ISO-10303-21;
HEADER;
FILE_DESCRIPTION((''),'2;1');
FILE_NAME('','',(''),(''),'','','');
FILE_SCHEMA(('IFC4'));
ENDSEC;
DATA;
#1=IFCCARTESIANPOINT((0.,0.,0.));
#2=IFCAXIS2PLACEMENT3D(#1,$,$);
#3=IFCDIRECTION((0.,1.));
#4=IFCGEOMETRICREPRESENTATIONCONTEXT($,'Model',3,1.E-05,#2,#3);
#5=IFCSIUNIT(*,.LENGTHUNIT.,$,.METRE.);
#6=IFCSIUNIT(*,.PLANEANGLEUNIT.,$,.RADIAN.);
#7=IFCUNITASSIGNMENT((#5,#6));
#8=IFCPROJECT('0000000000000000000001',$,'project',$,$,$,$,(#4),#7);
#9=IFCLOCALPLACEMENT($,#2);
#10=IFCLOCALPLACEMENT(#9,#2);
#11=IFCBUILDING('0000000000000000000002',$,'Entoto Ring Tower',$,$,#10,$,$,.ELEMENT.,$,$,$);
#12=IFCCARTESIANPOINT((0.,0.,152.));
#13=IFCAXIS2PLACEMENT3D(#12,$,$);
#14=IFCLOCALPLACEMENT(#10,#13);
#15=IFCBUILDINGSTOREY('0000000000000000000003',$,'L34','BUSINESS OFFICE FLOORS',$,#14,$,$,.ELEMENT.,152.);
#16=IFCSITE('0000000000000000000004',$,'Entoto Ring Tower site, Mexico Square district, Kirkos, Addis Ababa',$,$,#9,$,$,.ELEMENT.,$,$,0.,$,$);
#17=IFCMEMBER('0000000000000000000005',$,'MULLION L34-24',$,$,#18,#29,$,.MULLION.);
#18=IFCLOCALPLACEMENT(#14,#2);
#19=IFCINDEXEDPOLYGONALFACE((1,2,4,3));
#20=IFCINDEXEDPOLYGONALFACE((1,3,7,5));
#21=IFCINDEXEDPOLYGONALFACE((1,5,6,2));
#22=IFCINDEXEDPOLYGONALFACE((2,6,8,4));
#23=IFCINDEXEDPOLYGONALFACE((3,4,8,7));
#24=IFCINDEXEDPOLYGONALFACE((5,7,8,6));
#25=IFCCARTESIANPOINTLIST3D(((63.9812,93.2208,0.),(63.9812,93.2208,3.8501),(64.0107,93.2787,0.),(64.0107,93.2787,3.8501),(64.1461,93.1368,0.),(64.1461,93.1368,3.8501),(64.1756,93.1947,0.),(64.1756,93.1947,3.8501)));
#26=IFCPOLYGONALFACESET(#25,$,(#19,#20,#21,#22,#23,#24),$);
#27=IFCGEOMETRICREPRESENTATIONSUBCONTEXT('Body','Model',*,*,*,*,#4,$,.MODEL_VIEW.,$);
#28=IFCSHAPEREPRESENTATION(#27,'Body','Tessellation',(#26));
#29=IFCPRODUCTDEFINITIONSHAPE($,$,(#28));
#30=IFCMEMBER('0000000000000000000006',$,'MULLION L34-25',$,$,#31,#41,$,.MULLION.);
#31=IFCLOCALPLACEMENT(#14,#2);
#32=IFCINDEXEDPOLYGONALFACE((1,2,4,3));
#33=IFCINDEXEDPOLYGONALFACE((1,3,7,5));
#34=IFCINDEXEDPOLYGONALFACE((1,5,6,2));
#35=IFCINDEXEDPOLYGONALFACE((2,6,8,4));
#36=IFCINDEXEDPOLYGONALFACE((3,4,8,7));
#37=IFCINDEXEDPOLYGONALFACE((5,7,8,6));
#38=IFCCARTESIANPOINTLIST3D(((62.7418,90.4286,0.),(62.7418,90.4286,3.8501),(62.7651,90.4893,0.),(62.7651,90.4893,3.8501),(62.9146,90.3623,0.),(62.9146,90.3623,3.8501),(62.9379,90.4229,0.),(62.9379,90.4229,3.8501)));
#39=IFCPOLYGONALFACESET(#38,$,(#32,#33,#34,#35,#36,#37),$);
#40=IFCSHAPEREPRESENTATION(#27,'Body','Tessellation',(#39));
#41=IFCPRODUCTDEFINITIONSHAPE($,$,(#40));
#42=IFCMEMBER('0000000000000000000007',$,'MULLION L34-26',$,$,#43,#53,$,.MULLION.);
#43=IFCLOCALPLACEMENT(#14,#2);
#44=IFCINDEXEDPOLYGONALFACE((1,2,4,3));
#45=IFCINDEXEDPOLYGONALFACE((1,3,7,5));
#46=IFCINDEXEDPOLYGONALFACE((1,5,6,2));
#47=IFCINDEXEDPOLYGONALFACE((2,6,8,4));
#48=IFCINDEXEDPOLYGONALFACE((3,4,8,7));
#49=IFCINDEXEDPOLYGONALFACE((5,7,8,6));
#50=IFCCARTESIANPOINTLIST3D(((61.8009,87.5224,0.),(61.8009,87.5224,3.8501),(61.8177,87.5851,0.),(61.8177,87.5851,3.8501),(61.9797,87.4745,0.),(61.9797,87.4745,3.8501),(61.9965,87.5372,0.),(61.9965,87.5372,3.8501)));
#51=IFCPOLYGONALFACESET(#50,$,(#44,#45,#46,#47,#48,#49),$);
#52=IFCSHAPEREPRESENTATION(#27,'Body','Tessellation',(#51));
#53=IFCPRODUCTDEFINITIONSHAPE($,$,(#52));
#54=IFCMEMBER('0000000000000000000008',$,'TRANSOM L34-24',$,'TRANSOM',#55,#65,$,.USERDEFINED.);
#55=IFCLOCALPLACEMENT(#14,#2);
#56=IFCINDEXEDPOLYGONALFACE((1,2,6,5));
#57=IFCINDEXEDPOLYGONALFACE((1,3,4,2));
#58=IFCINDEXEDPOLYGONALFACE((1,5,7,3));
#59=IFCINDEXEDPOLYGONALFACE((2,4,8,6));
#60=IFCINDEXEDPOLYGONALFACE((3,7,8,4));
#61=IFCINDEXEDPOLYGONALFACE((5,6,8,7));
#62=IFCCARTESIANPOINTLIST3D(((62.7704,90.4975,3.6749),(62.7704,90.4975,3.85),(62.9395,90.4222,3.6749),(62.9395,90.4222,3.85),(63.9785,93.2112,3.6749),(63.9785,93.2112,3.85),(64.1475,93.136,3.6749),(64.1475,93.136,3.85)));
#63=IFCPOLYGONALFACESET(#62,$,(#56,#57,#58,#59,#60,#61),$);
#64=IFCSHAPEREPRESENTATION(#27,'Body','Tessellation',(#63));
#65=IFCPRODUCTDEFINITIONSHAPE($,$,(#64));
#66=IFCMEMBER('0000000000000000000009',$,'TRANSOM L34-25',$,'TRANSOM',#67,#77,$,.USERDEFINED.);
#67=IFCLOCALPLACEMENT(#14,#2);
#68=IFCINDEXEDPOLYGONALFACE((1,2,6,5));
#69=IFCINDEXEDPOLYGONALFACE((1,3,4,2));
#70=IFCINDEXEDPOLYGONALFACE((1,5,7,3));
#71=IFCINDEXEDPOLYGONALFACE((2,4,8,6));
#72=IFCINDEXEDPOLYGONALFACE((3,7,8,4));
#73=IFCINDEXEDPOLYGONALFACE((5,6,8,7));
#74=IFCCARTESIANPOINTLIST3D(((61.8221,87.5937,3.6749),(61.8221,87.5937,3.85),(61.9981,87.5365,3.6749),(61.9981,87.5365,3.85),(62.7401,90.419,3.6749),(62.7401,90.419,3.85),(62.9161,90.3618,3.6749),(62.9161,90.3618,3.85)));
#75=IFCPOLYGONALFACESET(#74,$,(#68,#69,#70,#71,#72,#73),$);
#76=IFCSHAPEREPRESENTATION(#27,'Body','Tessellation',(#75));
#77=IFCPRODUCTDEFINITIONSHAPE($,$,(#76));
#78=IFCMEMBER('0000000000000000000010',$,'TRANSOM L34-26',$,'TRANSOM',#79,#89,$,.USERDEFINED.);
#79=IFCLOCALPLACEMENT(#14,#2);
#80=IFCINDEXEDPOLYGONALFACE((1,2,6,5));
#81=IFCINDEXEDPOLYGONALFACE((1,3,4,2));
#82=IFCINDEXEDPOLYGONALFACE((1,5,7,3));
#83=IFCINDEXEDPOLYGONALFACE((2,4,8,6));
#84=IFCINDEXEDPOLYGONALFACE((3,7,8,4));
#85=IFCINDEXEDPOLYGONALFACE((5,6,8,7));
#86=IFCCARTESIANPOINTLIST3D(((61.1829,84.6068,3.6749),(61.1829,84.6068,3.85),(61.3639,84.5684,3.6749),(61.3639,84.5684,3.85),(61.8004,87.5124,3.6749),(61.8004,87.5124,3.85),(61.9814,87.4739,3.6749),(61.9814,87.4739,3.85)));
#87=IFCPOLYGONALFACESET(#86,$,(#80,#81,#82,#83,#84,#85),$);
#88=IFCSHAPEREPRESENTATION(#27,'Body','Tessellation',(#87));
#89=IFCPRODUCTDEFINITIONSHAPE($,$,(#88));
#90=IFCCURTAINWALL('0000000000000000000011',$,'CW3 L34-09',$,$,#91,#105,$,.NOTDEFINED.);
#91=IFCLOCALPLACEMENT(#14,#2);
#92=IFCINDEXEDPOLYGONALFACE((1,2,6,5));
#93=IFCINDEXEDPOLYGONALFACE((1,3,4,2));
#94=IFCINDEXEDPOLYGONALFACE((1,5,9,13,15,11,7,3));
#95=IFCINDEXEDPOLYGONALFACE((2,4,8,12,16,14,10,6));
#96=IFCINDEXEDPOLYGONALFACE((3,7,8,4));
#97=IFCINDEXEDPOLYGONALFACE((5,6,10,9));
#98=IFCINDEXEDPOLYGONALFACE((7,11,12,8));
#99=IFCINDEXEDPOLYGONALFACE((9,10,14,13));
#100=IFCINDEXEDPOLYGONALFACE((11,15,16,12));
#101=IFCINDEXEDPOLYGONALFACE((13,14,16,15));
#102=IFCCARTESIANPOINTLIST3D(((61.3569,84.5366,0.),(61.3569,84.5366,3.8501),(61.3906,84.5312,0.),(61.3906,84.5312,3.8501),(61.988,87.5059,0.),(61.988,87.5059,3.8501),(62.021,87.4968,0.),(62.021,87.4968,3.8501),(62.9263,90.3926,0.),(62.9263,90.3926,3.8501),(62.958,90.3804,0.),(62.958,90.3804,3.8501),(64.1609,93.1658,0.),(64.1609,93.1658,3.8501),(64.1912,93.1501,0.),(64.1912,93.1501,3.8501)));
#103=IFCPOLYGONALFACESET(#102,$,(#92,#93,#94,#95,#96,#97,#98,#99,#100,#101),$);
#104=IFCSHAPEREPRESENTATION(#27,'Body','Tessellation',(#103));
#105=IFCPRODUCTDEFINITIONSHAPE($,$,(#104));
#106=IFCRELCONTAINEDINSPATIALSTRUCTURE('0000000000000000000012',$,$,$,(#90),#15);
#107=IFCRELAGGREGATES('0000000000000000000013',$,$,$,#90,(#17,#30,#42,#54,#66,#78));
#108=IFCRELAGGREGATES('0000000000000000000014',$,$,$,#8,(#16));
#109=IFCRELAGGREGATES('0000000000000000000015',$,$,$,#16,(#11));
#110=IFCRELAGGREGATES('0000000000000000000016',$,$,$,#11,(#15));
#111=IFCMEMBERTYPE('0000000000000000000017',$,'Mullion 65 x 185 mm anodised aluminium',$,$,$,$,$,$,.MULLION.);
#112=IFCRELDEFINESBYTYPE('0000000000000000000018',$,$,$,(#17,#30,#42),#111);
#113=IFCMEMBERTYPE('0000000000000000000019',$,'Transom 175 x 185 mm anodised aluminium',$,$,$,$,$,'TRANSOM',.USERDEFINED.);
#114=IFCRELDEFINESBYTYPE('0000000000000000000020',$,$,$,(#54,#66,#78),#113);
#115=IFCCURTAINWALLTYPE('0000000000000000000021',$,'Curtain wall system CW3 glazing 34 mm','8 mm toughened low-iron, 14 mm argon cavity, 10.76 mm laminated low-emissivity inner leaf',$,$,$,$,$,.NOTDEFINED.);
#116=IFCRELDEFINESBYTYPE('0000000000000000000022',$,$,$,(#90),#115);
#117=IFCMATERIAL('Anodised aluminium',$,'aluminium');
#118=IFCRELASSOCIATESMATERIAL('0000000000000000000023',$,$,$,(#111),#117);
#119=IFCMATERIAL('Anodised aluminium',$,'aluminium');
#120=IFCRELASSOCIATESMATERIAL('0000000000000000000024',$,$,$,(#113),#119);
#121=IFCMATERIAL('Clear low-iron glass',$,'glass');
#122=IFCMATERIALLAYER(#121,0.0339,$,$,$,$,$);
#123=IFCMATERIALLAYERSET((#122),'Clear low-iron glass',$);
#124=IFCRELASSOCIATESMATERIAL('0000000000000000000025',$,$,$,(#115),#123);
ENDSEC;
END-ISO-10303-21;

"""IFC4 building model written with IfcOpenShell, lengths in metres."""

from ifc_helpers import new_model, si_unit, direction, frame, origin, origin_2d, place, context, subcontext, project, spatial, polyline, rectangle, outline, extrude, material, layer, layer_set, material_profile, profile_set, type_object, element, aggregate, save


model = new_model("IFC4")

# Units and contexts
model_context = context("Model", 3, precision=1e-05, world=origin(), true_north=direction((0.0, 1.0)))
body_context = subcontext(model_context, "Body", "Model", "MODEL_VIEW")
ifc_project = project(units=[si_unit("LENGTHUNIT", "METRE"), si_unit("PLANEANGLEUNIT", "RADIAN")], contexts=[model_context])

# Members
ifc_material_1 = material(Name="Anodised aluminium", Category="aluminium")
ifc_material_profile_1 = material_profile(ifc_material_1, rectangle(XDim=0.0649, YDim=0.1851, at=origin_2d()), Name="Mullion 65 x 185 mm anodised aluminium")
ifc_profile_set_1 = profile_set([ifc_material_profile_1], Name="Anodised aluminium")
member_type_1 = type_object("IfcMemberType", Name="Mullion 65 x 185 mm anodised aluminium", PredefinedType="MULLION", material=ifc_profile_set_1)
site_placement = place(None, origin())
building_placement = place(site_placement, origin())
storey_placement = place(building_placement, frame((0.0, 0.0, 152.0)))
member_1_placement = place(storey_placement, frame((64.0784, 93.2078, 0.0), z_axis=(0.0, 0.0, 1.0), x_axis=(-0.45399, -0.891007, 0.0)))
member_1 = element("IfcMember", 1, at=member_1_placement, type_object=member_type_1, Name="MULLION L34-24", PredefinedType="MULLION", context=body_context, shape_type="SweptSolid", body=[
    extrude(rectangle(XDim=0.0649, YDim=0.1851, at=origin_2d()), origin(), (0.0, 0.0, 1.0), 3.8501),
])
member_2_placement = place(storey_placement, frame((62.8398, 90.4258, 0.0), z_axis=(0.0, 0.0, 1.0), x_axis=(-0.358368, -0.93358, 0.0)))
member_2 = element("IfcMember", 2, at=member_2_placement, type_object=member_type_1, Name="MULLION L34-25", PredefinedType="MULLION", context=body_context, shape_type="SweptSolid", body=[
    extrude(rectangle(XDim=0.0649, YDim=0.1851, at=origin_2d()), origin(), (0.0, 0.0, 1.0), 3.8501),
])
member_3_placement = place(storey_placement, frame((61.8987, 87.5298, 0.0), z_axis=(0.0, 0.0, 1.0), x_axis=(-0.258819, -0.965926, 0.0)))
member_3 = element("IfcMember", 3, at=member_3_placement, type_object=member_type_1, Name="MULLION L34-26", PredefinedType="MULLION", context=body_context, shape_type="SweptSolid", body=[
    extrude(rectangle(XDim=0.0649, YDim=0.1851, at=origin_2d()), origin(), (0.0, 0.0, 1.0), 3.8501),
])
ifc_material_2 = material(Name="Anodised aluminium", Category="aluminium")
ifc_material_profile_2 = material_profile(ifc_material_2, rectangle(XDim=0.1851, YDim=0.175, at=origin_2d()), Name="Transom 175 x 185 mm anodised aluminium")
ifc_profile_set_2 = profile_set([ifc_material_profile_2], Name="Anodised aluminium")
member_type_2 = type_object("IfcMemberType", Name="Transom 175 x 185 mm anodised aluminium", ElementType="TRANSOM", PredefinedType="USERDEFINED", material=ifc_profile_set_2)
member_4_placement = place(storey_placement, frame((64.063, 93.1736, 3.7625), z_axis=(-0.406687, -0.913567, 0.0), x_axis=(0.913567, -0.406687, 0.0)))
member_4 = element("IfcMember", 4, at=member_4_placement, type_object=member_type_2, Name="TRANSOM L34-24", ObjectType="TRANSOM", PredefinedType="USERDEFINED", context=body_context, shape_type="SweptSolid", body=[
    extrude(rectangle(XDim=0.1851, YDim=0.175, at=origin_2d()), origin(), (0.0, 0.0, 1.0), 2.9705),
])
member_5_placement = place(storey_placement, frame((62.8281, 90.3904, 3.7625), z_axis=(-0.309019, -0.951056, 0.0), x_axis=(0.951056, -0.309019, 0.0)))
member_5 = element("IfcMember", 5, at=member_5_placement, type_object=member_type_2, Name="TRANSOM L34-25", ObjectType="TRANSOM", PredefinedType="USERDEFINED", context=body_context, shape_type="SweptSolid", body=[
    extrude(rectangle(XDim=0.1851, YDim=0.175, at=origin_2d()), origin(), (0.0, 0.0, 1.0), 2.9707),
])
member_6_placement = place(storey_placement, frame((61.8909, 87.4932, 3.7625), z_axis=(-0.207862, -0.978158, 0.0), x_axis=(0.978158, -0.207862, 0.0)))
member_6 = element("IfcMember", 6, at=member_6_placement, type_object=member_type_2, Name="TRANSOM L34-26", ObjectType="TRANSOM", PredefinedType="USERDEFINED", context=body_context, shape_type="SweptSolid", body=[
    extrude(rectangle(XDim=0.1851, YDim=0.175, at=origin_2d()), origin(), (0.0, 0.0, 1.0), 2.9705),
])

# Site, building, storey
site = spatial("IfcSite", under=ifc_project, at=site_placement, Name="Entoto Ring Tower site, Mexico Square district, Kirkos, Addis Ababa", CompositionType="ELEMENT", RefElevation=0.0)
building = spatial("IfcBuilding", under=site, at=building_placement, Name="Entoto Ring Tower", CompositionType="ELEMENT")
storey = spatial("IfcBuildingStorey", under=building, at=storey_placement, Name="L34", Description="BUSINESS OFFICE FLOORS", CompositionType="ELEMENT", Elevation=152.0)

# Curtain wall
ifc_material_3 = material(Name="Clear low-iron glass", Category="glass")
ifc_layer = layer(ifc_material_3, 0.0339)
ifc_layer_set = layer_set([ifc_layer], Name="Clear low-iron glass")
curtain_wall_type = type_object("IfcCurtainWallType", Name="Curtain wall system CW3 glazing 34 mm", Description="8 mm toughened low-iron, 14 mm argon cavity, 10.76 mm laminated low-emissivity inner leaf", PredefinedType="NOTDEFINED", material=ifc_layer_set)
curtain_wall_1_placement = place(storey_placement, origin())
curtain_wall_1 = element("IfcCurtainWall", 7, at=curtain_wall_1_placement, inside=storey, type_object=curtain_wall_type, Name="CW3 L34-09", PredefinedType="NOTDEFINED", context=body_context, shape_type="SweptSolid", body=[
    extrude(outline(polyline([(64.1609, 93.1658), (62.9263, 90.3926), (61.988, 87.5059), (61.3569, 84.5366), (61.3906, 84.5312), (62.021, 87.4968), (62.958, 90.3804), (64.1912, 93.1501), (64.1609, 93.1658)])), origin(), (0.0, 0.0, 1.0), 3.8501),
])
aggregate(curtain_wall_1, [member_1, member_2, member_3, member_4, member_5, member_6])

save(model, "model.ifc")
